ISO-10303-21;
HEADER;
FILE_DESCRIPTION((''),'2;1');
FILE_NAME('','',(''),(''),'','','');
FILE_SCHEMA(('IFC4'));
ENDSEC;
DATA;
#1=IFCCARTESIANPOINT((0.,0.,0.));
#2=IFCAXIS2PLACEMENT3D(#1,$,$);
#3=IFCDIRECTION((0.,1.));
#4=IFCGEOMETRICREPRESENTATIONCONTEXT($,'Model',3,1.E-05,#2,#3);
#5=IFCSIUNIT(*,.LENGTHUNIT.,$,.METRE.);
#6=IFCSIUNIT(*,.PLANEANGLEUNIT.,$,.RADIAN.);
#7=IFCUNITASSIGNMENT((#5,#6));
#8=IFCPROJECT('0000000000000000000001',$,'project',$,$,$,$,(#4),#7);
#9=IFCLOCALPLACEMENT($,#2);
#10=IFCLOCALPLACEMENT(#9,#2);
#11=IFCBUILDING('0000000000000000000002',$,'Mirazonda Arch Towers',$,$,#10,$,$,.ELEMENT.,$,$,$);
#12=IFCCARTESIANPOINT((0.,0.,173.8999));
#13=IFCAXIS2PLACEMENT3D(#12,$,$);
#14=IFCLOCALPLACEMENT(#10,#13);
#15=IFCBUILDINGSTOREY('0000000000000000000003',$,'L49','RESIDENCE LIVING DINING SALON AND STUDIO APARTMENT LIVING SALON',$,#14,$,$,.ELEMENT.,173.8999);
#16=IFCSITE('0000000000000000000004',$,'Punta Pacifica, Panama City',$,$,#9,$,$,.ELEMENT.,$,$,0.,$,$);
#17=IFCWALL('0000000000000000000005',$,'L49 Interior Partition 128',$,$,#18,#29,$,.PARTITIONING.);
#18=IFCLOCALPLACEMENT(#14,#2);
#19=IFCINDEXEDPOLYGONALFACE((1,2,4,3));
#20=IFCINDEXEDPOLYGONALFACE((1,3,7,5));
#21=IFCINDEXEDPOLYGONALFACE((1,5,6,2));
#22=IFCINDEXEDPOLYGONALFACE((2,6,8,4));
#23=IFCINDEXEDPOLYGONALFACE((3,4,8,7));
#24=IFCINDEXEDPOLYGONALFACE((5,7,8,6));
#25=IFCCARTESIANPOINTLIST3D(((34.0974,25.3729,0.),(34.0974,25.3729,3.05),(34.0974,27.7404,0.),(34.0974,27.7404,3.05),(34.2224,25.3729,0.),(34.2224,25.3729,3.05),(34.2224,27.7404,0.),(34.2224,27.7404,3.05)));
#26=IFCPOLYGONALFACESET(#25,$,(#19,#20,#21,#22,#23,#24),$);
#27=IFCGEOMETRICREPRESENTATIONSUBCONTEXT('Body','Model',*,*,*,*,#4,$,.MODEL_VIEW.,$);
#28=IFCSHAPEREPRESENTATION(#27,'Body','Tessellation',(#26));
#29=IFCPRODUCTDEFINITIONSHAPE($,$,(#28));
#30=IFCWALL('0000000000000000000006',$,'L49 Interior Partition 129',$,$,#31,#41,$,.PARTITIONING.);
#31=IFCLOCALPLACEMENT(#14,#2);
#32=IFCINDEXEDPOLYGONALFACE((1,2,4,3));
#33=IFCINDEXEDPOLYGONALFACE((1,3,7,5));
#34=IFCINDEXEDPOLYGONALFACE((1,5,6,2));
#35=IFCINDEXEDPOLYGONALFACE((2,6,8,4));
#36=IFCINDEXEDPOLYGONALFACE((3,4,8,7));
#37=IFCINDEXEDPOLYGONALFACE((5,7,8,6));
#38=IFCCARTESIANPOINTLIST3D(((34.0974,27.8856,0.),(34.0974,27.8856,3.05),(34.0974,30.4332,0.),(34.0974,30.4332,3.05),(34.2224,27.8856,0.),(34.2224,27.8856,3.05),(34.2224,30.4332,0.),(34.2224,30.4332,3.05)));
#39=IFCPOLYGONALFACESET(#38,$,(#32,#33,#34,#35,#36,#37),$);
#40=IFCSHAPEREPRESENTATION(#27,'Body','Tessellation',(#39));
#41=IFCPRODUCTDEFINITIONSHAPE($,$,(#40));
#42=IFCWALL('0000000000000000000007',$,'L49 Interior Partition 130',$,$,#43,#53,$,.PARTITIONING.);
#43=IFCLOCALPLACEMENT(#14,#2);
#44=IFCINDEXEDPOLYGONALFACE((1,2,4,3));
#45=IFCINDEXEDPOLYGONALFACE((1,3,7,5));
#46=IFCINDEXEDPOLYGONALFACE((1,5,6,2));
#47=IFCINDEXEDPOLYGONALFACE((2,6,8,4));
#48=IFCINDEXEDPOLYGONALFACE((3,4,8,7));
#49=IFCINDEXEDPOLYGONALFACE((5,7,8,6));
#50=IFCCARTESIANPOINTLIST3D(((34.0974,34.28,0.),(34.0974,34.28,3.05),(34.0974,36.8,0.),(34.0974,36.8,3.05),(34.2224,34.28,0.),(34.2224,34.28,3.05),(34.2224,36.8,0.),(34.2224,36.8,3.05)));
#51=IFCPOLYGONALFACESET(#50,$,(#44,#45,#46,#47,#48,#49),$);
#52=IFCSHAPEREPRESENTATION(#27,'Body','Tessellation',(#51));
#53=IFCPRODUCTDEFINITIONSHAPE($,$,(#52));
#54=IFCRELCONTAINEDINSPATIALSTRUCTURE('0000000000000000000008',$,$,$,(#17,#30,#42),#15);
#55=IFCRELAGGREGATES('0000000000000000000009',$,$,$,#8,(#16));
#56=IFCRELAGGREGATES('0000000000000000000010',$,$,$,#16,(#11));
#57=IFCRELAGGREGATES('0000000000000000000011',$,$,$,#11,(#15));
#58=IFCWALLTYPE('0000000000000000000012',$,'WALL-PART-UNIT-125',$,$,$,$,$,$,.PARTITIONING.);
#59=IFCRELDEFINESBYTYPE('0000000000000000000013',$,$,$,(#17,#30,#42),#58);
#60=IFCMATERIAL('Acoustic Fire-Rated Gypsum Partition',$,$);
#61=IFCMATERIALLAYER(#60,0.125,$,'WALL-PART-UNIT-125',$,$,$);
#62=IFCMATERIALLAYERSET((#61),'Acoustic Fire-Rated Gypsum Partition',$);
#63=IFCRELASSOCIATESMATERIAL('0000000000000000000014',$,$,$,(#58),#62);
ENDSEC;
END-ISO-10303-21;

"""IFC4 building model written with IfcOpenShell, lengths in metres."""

from ifc_helpers import new_model, si_unit, direction, frame, frame_2d, origin, place, context, subcontext, project, spatial, rectangle, extrude, material, layer, layer_set, type_object, element, save


model = new_model("IFC4")

# Units and contexts
model_context = context("Model", 3, precision=1e-05, world=origin(), true_north=direction((0.0, 1.0)))
body_context = subcontext(model_context, "Body", "Model", "MODEL_VIEW")
ifc_project = project(units=[si_unit("LENGTHUNIT", "METRE"), si_unit("PLANEANGLEUNIT", "RADIAN")], contexts=[model_context])

# Site, building, storey
site_placement = place(None, origin())
site = spatial("IfcSite", under=ifc_project, at=site_placement, Name="Punta Pacifica, Panama City", CompositionType="ELEMENT", RefElevation=0.0)
building_placement = place(site_placement, origin())
building = spatial("IfcBuilding", under=site, at=building_placement, Name="Mirazonda Arch Towers", CompositionType="ELEMENT")
storey_placement = place(building_placement, frame((0.0, 0.0, 173.8999)))
storey = spatial("IfcBuildingStorey", under=building, at=storey_placement, Name="L49", Description="RESIDENCE LIVING DINING SALON AND STUDIO APARTMENT LIVING SALON", CompositionType="ELEMENT", Elevation=173.8999)

# Walls
ifc_material_1 = material(Name="Acoustic Fire-Rated Gypsum Partition")
ifc_layer_1 = layer(ifc_material_1, 0.125, Name="WALL-PART-UNIT-125")
ifc_layer_set_1 = layer_set([ifc_layer_1], Name="Acoustic Fire-Rated Gypsum Partition")
wall_type_1 = type_object("IfcWallType", Name="WALL-PART-UNIT-125", PredefinedType="PARTITIONING", material=ifc_layer_set_1)
wall_1_placement = place(storey_placement, frame((34.1599, 25.373, 0.0), z_axis=(0.0, 0.0, 1.0), x_axis=(0.0, 1.0, 0.0)))
element("IfcWall", 1, at=wall_1_placement, inside=storey, type_object=wall_type_1, Name="L49 Interior Partition 128", PredefinedType="PARTITIONING", context=body_context, shape_type="SweptSolid", body=[
    extrude(rectangle(XDim=2.3674, YDim=0.125, at=frame_2d((1.1836, 0.0))), origin(), (0.0, 0.0, 1.0), 3.05),
])
wall_2_placement = place(storey_placement, frame((34.1599, 27.8855, 0.0), z_axis=(0.0, 0.0, 1.0), x_axis=(0.0, 1.0, 0.0)))
element("IfcWall", 2, at=wall_2_placement, inside=storey, type_object=wall_type_1, Name="L49 Interior Partition 129", PredefinedType="PARTITIONING", context=body_context, shape_type="SweptSolid", body=[
    extrude(rectangle(XDim=2.5476, YDim=0.125, at=frame_2d((1.2739, 0.0))), origin(), (0.0, 0.0, 1.0), 3.05),
])
wall_3_placement = place(storey_placement, frame((34.1599, 34.28, 0.0), z_axis=(0.0, 0.0, 1.0), x_axis=(0.0, 1.0, 0.0)))
element("IfcWall", 3, at=wall_3_placement, inside=storey, type_object=wall_type_1, Name="L49 Interior Partition 130", PredefinedType="PARTITIONING", context=body_context, shape_type="SweptSolid", body=[
    extrude(rectangle(XDim=2.52, YDim=0.125, at=frame_2d((1.26, 0.0))), origin(), (0.0, 0.0, 1.0), 3.05),
])

save(model, "model.ifc")
